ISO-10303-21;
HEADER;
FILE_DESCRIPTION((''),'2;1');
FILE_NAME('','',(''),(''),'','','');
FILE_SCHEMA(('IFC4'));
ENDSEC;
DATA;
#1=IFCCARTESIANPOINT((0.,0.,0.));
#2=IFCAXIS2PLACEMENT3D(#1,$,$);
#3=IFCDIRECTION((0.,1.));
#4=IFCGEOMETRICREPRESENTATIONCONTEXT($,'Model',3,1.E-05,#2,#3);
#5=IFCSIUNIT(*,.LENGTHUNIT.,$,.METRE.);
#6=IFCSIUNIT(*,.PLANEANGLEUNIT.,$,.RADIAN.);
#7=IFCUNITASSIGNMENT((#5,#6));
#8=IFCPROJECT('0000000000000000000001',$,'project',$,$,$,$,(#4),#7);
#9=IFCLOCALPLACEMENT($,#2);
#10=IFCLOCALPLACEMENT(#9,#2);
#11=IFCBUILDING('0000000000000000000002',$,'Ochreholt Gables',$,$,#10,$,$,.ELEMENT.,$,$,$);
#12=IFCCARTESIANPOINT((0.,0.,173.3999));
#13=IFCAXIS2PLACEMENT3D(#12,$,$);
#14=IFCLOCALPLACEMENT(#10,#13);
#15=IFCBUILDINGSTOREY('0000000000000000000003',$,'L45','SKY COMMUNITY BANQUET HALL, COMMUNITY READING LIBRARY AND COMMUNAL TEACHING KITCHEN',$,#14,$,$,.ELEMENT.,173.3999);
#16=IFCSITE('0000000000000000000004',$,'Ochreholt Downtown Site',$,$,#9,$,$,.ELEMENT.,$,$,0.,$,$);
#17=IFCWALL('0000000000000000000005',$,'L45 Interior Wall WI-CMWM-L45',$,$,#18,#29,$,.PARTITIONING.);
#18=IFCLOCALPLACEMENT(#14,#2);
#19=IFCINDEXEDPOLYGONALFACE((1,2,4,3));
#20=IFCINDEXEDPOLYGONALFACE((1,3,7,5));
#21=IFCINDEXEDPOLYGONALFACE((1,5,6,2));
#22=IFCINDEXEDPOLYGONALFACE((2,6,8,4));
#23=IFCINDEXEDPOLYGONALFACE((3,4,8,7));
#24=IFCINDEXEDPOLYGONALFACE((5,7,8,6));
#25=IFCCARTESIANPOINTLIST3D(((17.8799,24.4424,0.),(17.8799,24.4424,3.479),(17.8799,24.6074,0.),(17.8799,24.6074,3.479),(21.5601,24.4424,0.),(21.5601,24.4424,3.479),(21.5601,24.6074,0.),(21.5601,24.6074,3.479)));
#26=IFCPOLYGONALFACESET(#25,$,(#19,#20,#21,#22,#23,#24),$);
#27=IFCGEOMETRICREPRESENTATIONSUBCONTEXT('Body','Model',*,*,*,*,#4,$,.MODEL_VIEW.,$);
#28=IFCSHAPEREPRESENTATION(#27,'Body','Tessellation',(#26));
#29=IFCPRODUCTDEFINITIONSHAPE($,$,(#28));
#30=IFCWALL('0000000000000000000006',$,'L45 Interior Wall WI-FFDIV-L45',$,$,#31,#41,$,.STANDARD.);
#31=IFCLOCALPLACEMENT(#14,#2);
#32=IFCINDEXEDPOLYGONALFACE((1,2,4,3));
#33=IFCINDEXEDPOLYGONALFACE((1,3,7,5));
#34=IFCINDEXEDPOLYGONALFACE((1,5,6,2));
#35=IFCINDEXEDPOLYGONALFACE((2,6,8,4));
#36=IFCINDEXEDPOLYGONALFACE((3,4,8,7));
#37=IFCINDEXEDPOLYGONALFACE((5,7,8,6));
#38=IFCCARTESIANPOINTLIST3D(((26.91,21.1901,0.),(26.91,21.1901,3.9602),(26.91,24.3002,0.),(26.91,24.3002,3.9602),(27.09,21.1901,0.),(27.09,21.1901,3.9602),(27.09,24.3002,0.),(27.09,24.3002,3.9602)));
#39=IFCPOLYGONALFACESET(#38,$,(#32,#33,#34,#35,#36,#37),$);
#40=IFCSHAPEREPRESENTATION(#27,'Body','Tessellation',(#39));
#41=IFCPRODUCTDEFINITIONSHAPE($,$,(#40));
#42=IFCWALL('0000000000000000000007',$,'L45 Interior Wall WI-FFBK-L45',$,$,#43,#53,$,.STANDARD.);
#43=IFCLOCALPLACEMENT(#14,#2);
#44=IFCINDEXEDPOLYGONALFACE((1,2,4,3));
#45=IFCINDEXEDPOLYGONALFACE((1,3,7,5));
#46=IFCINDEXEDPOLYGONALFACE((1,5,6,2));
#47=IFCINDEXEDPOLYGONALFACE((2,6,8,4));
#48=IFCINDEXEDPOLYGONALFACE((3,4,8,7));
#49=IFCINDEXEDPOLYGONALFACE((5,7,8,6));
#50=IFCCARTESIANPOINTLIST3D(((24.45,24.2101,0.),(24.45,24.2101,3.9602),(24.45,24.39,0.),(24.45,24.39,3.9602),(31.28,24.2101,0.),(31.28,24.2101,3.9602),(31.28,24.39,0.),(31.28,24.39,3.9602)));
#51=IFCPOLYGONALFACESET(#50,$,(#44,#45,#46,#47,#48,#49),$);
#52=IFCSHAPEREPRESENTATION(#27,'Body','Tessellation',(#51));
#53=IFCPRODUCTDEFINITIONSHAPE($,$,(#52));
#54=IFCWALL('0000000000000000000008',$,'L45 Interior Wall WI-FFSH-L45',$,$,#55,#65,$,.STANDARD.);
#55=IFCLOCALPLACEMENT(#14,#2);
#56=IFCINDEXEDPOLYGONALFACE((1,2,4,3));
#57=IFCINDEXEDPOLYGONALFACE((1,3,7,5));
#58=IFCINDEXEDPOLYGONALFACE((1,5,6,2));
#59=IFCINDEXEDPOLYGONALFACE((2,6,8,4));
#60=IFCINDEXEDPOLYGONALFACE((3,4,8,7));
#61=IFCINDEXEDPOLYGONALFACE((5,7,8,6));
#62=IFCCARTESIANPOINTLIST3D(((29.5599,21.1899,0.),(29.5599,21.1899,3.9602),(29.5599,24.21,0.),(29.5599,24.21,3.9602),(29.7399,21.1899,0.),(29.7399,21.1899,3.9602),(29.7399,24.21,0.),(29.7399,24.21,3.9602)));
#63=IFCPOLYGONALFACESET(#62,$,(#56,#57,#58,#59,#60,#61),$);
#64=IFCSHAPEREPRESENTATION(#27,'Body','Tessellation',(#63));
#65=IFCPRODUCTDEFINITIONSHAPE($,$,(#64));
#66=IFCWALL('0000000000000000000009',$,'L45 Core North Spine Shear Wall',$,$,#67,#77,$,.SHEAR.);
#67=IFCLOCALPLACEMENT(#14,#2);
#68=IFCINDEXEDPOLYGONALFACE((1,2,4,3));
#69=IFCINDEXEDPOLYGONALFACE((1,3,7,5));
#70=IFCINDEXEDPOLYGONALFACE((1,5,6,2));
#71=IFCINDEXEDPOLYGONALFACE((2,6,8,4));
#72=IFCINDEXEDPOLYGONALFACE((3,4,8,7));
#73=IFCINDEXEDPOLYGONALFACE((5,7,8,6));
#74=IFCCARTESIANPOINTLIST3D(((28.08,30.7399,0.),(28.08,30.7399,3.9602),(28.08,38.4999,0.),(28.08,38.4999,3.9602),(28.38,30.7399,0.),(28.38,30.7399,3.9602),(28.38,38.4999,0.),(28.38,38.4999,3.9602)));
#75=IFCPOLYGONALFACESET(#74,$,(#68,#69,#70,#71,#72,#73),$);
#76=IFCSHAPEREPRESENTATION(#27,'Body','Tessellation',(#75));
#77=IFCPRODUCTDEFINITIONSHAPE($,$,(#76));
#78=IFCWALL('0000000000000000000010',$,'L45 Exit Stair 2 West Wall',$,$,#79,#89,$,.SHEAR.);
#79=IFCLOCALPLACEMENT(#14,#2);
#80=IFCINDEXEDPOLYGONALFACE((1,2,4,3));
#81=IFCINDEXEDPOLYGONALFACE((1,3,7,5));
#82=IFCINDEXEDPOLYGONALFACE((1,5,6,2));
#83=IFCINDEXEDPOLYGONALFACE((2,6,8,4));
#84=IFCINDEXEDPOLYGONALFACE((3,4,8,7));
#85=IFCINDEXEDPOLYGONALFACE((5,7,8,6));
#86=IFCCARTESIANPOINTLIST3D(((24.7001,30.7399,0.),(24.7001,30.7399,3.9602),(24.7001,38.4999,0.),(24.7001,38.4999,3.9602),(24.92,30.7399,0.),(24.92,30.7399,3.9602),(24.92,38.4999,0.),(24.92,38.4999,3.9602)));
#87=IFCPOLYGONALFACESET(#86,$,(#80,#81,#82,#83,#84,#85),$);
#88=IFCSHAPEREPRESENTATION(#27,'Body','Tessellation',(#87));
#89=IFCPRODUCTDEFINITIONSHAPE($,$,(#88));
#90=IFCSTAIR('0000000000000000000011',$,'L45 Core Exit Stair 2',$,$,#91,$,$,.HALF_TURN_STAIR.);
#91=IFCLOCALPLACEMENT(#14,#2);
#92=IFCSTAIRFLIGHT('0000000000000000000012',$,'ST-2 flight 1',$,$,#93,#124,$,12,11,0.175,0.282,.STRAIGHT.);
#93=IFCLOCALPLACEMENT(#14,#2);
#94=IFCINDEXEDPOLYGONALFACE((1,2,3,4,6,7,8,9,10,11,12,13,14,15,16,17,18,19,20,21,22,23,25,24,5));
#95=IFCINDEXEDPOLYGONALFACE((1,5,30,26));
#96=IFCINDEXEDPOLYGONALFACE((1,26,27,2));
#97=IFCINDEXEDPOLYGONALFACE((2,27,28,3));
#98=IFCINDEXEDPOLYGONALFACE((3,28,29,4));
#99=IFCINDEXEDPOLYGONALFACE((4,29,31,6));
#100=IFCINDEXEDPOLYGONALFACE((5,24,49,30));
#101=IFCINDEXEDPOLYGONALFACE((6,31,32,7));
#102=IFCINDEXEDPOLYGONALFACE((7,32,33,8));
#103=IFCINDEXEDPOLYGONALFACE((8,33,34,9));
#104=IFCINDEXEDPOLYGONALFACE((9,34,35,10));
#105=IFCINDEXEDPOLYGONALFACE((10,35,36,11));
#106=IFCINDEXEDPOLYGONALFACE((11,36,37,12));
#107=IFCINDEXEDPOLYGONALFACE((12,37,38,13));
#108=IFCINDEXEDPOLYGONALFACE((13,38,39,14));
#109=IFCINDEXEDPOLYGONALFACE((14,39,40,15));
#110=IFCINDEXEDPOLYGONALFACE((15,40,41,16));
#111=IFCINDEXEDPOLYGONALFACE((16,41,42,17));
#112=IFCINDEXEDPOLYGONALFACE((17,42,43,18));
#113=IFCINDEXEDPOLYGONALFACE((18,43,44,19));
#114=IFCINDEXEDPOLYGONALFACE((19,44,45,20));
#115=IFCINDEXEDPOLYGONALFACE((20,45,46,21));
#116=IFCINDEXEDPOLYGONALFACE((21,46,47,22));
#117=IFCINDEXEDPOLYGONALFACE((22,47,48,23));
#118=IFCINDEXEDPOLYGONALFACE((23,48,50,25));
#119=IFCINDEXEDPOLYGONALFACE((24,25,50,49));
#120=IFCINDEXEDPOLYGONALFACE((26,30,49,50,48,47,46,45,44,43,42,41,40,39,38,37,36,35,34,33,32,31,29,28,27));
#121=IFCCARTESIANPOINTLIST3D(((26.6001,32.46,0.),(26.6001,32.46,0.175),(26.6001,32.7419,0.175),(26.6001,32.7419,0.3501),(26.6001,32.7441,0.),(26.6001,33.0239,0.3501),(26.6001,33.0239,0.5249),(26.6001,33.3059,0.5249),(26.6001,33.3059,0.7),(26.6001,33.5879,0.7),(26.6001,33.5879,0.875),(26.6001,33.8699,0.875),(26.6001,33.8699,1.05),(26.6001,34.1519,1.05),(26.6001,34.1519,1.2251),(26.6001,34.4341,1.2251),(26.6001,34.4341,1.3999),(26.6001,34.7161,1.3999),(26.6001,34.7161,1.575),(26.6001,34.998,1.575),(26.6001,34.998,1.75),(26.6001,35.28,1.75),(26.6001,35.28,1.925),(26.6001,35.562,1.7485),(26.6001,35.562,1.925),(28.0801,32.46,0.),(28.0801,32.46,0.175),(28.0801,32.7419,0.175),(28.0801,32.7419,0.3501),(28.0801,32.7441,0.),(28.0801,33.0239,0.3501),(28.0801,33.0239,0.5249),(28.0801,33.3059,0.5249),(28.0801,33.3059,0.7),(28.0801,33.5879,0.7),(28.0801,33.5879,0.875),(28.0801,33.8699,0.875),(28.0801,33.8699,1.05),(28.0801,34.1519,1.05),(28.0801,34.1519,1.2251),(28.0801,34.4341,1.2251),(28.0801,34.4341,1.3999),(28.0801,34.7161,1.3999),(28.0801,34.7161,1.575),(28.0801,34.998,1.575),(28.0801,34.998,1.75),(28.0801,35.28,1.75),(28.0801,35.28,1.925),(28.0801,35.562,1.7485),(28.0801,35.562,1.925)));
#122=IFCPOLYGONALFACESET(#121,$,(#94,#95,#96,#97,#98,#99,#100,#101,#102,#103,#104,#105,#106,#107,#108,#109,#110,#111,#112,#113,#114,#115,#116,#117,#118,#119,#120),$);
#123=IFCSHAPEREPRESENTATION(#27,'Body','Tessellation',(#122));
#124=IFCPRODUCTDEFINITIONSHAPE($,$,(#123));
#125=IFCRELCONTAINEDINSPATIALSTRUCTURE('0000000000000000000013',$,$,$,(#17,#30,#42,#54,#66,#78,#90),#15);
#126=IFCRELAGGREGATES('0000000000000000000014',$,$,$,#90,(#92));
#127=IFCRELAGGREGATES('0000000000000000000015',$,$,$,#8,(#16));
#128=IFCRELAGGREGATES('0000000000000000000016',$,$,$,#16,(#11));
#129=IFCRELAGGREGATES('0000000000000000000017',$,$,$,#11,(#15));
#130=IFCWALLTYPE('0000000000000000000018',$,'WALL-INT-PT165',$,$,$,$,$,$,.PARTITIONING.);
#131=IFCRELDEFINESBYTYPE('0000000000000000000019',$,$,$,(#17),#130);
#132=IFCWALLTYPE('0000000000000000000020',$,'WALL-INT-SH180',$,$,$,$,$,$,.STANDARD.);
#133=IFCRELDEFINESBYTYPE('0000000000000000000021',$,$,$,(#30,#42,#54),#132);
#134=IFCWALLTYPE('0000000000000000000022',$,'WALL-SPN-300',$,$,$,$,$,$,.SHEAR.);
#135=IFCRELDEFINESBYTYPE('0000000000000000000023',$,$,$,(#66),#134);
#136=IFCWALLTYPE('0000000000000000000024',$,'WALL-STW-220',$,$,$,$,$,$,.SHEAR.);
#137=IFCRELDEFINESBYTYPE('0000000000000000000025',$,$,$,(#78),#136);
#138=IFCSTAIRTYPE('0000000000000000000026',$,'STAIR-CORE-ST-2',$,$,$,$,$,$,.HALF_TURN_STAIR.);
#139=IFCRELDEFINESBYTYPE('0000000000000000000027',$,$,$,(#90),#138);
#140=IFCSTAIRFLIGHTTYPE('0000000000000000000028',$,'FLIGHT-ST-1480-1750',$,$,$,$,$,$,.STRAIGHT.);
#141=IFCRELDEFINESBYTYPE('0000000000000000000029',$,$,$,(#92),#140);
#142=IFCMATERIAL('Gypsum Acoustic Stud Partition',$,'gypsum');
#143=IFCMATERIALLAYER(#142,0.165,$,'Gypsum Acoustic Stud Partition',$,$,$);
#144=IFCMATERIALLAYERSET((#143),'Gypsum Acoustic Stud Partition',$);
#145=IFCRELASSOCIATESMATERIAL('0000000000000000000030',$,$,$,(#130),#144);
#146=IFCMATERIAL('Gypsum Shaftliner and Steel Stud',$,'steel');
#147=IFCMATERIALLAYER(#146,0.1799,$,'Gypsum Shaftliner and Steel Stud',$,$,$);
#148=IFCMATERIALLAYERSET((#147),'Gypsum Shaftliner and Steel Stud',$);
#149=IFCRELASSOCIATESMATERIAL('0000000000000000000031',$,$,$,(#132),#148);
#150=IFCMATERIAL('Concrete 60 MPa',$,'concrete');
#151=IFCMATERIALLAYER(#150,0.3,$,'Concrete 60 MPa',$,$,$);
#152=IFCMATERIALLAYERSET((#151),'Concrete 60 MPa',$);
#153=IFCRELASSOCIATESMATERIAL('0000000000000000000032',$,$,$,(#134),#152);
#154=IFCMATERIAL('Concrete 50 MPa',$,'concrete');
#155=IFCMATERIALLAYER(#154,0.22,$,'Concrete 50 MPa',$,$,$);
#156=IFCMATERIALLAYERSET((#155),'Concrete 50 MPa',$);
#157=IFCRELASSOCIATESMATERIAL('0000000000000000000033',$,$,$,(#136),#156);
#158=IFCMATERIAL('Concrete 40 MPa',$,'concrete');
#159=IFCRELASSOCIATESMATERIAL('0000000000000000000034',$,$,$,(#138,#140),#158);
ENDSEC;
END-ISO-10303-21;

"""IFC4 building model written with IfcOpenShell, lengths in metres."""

from ifc_helpers import new_model, si_unit, direction, frame, frame_2d, origin, place, context, subcontext, project, spatial, polyline, rectangle, outline, extrude, material, layer, layer_set, type_object, element, aggregate, save


model = new_model("IFC4")

# Units and contexts
model_context = context("Model", 3, precision=1e-05, world=origin(), true_north=direction((0.0, 1.0)))
body_context = subcontext(model_context, "Body", "Model", "MODEL_VIEW")
ifc_project = project(units=[si_unit("LENGTHUNIT", "METRE"), si_unit("PLANEANGLEUNIT", "RADIAN")], contexts=[model_context])

# Site, building, storey
site_placement = place(None, origin())
site = spatial("IfcSite", under=ifc_project, at=site_placement, Name="Ochreholt Downtown Site", CompositionType="ELEMENT", RefElevation=0.0)
building_placement = place(site_placement, origin())
building = spatial("IfcBuilding", under=site, at=building_placement, Name="Ochreholt Gables", CompositionType="ELEMENT")
storey_placement = place(building_placement, frame((0.0, 0.0, 173.3999)))
storey = spatial("IfcBuildingStorey", under=building, at=storey_placement, Name="L45", Description="SKY COMMUNITY BANQUET HALL, COMMUNITY READING LIBRARY AND COMMUNAL TEACHING KITCHEN", CompositionType="ELEMENT", Elevation=173.3999)

# Shared definitions
ifc_material_1 = material(Name="Concrete 50 MPa", Category="concrete")

# Shared definitions
ifc_material_2 = material(Name="Concrete 60 MPa", Category="concrete")

# Shared definitions
ifc_material_3 = material(Name="Concrete 40 MPa", Category="concrete")

# Walls
ifc_material_4 = material(Name="Gypsum Acoustic Stud Partition", Category="gypsum")
ifc_layer_1 = layer(ifc_material_4, 0.165, Name="Gypsum Acoustic Stud Partition")
ifc_layer_set_1 = layer_set([ifc_layer_1], Name="Gypsum Acoustic Stud Partition")
wall_type_1 = type_object("IfcWallType", Name="WALL-INT-PT165", PredefinedType="PARTITIONING", material=ifc_layer_set_1)
wall_1_placement = place(storey_placement, frame((17.8799, 24.5249, 0.0), z_axis=(0.0, 0.0, 1.0), x_axis=(1.0, 0.0, 0.0)))
element("IfcWall", 1, at=wall_1_placement, inside=storey, type_object=wall_type_1, Name="L45 Interior Wall WI-CMWM-L45", PredefinedType="PARTITIONING", context=body_context, shape_type="SweptSolid", body=[
    extrude(rectangle(XDim=3.6802, YDim=0.165, at=frame_2d((1.8401, 0.0))), origin(), (0.0, 0.0, 1.0), 3.479),
])
ifc_material_5 = material(Name="Gypsum Shaftliner and Steel Stud", Category="steel")
ifc_layer_2 = layer(ifc_material_5, 0.1799, Name="Gypsum Shaftliner and Steel Stud")
ifc_layer_set_2 = layer_set([ifc_layer_2], Name="Gypsum Shaftliner and Steel Stud")
wall_type_2 = type_object("IfcWallType", Name="WALL-INT-SH180", PredefinedType="STANDARD", material=ifc_layer_set_2)
wall_2_placement = place(storey_placement, frame((27.0, 21.1899, 0.0), z_axis=(0.0, 0.0, 1.0), x_axis=(0.0, 1.0, 0.0)))
element("IfcWall", 2, at=wall_2_placement, inside=storey, type_object=wall_type_2, Name="L45 Interior Wall WI-FFDIV-L45", PredefinedType="STANDARD", context=body_context, shape_type="SweptSolid", body=[
    extrude(rectangle(XDim=3.1101, YDim=0.1799, at=frame_2d((1.5552, 0.0))), origin(), (0.0, 0.0, 1.0), 3.9602),
])
wall_3_placement = place(storey_placement, frame((24.45, 24.3, 0.0), z_axis=(0.0, 0.0, 1.0), x_axis=(1.0, 0.0, 0.0)))
element("IfcWall", 3, at=wall_3_placement, inside=storey, type_object=wall_type_2, Name="L45 Interior Wall WI-FFBK-L45", PredefinedType="STANDARD", context=body_context, shape_type="SweptSolid", body=[
    extrude(rectangle(XDim=6.8301, YDim=0.1799, at=frame_2d((3.415, 0.0))), origin(), (0.0, 0.0, 1.0), 3.9602),
])
wall_4_placement = place(storey_placement, frame((29.6499, 21.1899, 0.0), z_axis=(0.0, 0.0, 1.0), x_axis=(0.0, 1.0, 0.0)))
element("IfcWall", 4, at=wall_4_placement, inside=storey, type_object=wall_type_2, Name="L45 Interior Wall WI-FFSH-L45", PredefinedType="STANDARD", context=body_context, shape_type="SweptSolid", body=[
    extrude(rectangle(XDim=3.02, YDim=0.1799, at=frame_2d((1.51, 0.0))), origin(), (0.0, 0.0, 1.0), 3.9602),
])
ifc_layer_3 = layer(ifc_material_2, 0.3, Name="Concrete 60 MPa")
ifc_layer_set_3 = layer_set([ifc_layer_3], Name="Concrete 60 MPa")
wall_type_3 = type_object("IfcWallType", Name="WALL-SPN-300", PredefinedType="SHEAR", material=ifc_layer_set_3)
wall_5_placement = place(storey_placement, frame((28.23, 30.74, 0.0), z_axis=(0.0, 0.0, 1.0), x_axis=(0.0, 1.0, 0.0)))
element("IfcWall", 5, at=wall_5_placement, inside=storey, type_object=wall_type_3, Name="L45 Core North Spine Shear Wall", PredefinedType="SHEAR", context=body_context, shape_type="SweptSolid", body=[
    extrude(rectangle(XDim=7.76, YDim=0.3, at=frame_2d((3.8799, 0.0))), origin(), (0.0, 0.0, 1.0), 3.9602),
])
ifc_layer_4 = layer(ifc_material_1, 0.22, Name="Concrete 50 MPa")
ifc_layer_set_4 = layer_set([ifc_layer_4], Name="Concrete 50 MPa")
wall_type_4 = type_object("IfcWallType", Name="WALL-STW-220", PredefinedType="SHEAR", material=ifc_layer_set_4)
wall_6_placement = place(storey_placement, frame((24.8101, 30.74, 0.0), z_axis=(0.0, 0.0, 1.0), x_axis=(0.0, 1.0, 0.0)))
element("IfcWall", 6, at=wall_6_placement, inside=storey, type_object=wall_type_4, Name="L45 Exit Stair 2 West Wall", PredefinedType="SHEAR", context=body_context, shape_type="SweptSolid", body=[
    extrude(rectangle(XDim=7.76, YDim=0.22, at=frame_2d((3.8799, 0.0))), origin(), (0.0, 0.0, 1.0), 3.9602),
])

# Stair, stair flight
stair_type = type_object("IfcStairType", Name="STAIR-CORE-ST-2", PredefinedType="HALF_TURN_STAIR", material=ifc_material_3)
stair_placement = place(storey_placement, origin())
stair = element("IfcStair", 7, at=stair_placement, inside=storey, type_object=stair_type, Name="L45 Core Exit Stair 2", PredefinedType="HALF_TURN_STAIR")
stair_flight_type = type_object("IfcStairFlightType", Name="FLIGHT-ST-1480-1750", PredefinedType="STRAIGHT", material=ifc_material_3)
stair_flight_placement = place(storey_placement, frame((27.3401, 32.46, 0.0), z_axis=(0.0, 0.0, 1.0), x_axis=(0.0, 1.0, 0.0)))
stair_flight = element("IfcStairFlight", 8, at=stair_flight_placement, type_object=stair_flight_type, Name="ST-2 flight 1", NumberOfRisers=12, NumberOfTreads=11, PredefinedType="STRAIGHT", RiserHeight=0.175, TreadLength=0.282, context=body_context, shape_type="SweptSolid", body=[
    extrude(outline(polyline([(0.0, 0.0), (0.0, 0.175), (0.282, 0.175), (0.282, 0.3501), (0.564, 0.3501), (0.564, 0.5249), (0.8459, 0.5249), (0.8459, 0.7), (1.1279, 0.7), (1.1279, 0.875), (1.4099, 0.875), (1.4099, 1.05), (1.6919, 1.05), (1.6919, 1.2251), (1.9741, 1.2251), (1.9741, 1.3999), (2.2561, 1.3999), (2.2561, 1.575), (2.5381, 1.575), (2.5381, 1.75), (2.8201, 1.75), (2.8201, 1.925), (3.1021, 1.925), (3.1021, 2.1001), (3.1021, 1.7485), (0.2842, 0.0), (0.0, 0.0)])), frame((0.0, 0.74, 0.0), z_axis=(0.0, -1.0, 0.0), x_axis=(1.0, 0.0, 0.0)), (0.0, 0.0, 1.0), 1.48),
])
aggregate(stair, [stair_flight])

save(model, "model.ifc")
